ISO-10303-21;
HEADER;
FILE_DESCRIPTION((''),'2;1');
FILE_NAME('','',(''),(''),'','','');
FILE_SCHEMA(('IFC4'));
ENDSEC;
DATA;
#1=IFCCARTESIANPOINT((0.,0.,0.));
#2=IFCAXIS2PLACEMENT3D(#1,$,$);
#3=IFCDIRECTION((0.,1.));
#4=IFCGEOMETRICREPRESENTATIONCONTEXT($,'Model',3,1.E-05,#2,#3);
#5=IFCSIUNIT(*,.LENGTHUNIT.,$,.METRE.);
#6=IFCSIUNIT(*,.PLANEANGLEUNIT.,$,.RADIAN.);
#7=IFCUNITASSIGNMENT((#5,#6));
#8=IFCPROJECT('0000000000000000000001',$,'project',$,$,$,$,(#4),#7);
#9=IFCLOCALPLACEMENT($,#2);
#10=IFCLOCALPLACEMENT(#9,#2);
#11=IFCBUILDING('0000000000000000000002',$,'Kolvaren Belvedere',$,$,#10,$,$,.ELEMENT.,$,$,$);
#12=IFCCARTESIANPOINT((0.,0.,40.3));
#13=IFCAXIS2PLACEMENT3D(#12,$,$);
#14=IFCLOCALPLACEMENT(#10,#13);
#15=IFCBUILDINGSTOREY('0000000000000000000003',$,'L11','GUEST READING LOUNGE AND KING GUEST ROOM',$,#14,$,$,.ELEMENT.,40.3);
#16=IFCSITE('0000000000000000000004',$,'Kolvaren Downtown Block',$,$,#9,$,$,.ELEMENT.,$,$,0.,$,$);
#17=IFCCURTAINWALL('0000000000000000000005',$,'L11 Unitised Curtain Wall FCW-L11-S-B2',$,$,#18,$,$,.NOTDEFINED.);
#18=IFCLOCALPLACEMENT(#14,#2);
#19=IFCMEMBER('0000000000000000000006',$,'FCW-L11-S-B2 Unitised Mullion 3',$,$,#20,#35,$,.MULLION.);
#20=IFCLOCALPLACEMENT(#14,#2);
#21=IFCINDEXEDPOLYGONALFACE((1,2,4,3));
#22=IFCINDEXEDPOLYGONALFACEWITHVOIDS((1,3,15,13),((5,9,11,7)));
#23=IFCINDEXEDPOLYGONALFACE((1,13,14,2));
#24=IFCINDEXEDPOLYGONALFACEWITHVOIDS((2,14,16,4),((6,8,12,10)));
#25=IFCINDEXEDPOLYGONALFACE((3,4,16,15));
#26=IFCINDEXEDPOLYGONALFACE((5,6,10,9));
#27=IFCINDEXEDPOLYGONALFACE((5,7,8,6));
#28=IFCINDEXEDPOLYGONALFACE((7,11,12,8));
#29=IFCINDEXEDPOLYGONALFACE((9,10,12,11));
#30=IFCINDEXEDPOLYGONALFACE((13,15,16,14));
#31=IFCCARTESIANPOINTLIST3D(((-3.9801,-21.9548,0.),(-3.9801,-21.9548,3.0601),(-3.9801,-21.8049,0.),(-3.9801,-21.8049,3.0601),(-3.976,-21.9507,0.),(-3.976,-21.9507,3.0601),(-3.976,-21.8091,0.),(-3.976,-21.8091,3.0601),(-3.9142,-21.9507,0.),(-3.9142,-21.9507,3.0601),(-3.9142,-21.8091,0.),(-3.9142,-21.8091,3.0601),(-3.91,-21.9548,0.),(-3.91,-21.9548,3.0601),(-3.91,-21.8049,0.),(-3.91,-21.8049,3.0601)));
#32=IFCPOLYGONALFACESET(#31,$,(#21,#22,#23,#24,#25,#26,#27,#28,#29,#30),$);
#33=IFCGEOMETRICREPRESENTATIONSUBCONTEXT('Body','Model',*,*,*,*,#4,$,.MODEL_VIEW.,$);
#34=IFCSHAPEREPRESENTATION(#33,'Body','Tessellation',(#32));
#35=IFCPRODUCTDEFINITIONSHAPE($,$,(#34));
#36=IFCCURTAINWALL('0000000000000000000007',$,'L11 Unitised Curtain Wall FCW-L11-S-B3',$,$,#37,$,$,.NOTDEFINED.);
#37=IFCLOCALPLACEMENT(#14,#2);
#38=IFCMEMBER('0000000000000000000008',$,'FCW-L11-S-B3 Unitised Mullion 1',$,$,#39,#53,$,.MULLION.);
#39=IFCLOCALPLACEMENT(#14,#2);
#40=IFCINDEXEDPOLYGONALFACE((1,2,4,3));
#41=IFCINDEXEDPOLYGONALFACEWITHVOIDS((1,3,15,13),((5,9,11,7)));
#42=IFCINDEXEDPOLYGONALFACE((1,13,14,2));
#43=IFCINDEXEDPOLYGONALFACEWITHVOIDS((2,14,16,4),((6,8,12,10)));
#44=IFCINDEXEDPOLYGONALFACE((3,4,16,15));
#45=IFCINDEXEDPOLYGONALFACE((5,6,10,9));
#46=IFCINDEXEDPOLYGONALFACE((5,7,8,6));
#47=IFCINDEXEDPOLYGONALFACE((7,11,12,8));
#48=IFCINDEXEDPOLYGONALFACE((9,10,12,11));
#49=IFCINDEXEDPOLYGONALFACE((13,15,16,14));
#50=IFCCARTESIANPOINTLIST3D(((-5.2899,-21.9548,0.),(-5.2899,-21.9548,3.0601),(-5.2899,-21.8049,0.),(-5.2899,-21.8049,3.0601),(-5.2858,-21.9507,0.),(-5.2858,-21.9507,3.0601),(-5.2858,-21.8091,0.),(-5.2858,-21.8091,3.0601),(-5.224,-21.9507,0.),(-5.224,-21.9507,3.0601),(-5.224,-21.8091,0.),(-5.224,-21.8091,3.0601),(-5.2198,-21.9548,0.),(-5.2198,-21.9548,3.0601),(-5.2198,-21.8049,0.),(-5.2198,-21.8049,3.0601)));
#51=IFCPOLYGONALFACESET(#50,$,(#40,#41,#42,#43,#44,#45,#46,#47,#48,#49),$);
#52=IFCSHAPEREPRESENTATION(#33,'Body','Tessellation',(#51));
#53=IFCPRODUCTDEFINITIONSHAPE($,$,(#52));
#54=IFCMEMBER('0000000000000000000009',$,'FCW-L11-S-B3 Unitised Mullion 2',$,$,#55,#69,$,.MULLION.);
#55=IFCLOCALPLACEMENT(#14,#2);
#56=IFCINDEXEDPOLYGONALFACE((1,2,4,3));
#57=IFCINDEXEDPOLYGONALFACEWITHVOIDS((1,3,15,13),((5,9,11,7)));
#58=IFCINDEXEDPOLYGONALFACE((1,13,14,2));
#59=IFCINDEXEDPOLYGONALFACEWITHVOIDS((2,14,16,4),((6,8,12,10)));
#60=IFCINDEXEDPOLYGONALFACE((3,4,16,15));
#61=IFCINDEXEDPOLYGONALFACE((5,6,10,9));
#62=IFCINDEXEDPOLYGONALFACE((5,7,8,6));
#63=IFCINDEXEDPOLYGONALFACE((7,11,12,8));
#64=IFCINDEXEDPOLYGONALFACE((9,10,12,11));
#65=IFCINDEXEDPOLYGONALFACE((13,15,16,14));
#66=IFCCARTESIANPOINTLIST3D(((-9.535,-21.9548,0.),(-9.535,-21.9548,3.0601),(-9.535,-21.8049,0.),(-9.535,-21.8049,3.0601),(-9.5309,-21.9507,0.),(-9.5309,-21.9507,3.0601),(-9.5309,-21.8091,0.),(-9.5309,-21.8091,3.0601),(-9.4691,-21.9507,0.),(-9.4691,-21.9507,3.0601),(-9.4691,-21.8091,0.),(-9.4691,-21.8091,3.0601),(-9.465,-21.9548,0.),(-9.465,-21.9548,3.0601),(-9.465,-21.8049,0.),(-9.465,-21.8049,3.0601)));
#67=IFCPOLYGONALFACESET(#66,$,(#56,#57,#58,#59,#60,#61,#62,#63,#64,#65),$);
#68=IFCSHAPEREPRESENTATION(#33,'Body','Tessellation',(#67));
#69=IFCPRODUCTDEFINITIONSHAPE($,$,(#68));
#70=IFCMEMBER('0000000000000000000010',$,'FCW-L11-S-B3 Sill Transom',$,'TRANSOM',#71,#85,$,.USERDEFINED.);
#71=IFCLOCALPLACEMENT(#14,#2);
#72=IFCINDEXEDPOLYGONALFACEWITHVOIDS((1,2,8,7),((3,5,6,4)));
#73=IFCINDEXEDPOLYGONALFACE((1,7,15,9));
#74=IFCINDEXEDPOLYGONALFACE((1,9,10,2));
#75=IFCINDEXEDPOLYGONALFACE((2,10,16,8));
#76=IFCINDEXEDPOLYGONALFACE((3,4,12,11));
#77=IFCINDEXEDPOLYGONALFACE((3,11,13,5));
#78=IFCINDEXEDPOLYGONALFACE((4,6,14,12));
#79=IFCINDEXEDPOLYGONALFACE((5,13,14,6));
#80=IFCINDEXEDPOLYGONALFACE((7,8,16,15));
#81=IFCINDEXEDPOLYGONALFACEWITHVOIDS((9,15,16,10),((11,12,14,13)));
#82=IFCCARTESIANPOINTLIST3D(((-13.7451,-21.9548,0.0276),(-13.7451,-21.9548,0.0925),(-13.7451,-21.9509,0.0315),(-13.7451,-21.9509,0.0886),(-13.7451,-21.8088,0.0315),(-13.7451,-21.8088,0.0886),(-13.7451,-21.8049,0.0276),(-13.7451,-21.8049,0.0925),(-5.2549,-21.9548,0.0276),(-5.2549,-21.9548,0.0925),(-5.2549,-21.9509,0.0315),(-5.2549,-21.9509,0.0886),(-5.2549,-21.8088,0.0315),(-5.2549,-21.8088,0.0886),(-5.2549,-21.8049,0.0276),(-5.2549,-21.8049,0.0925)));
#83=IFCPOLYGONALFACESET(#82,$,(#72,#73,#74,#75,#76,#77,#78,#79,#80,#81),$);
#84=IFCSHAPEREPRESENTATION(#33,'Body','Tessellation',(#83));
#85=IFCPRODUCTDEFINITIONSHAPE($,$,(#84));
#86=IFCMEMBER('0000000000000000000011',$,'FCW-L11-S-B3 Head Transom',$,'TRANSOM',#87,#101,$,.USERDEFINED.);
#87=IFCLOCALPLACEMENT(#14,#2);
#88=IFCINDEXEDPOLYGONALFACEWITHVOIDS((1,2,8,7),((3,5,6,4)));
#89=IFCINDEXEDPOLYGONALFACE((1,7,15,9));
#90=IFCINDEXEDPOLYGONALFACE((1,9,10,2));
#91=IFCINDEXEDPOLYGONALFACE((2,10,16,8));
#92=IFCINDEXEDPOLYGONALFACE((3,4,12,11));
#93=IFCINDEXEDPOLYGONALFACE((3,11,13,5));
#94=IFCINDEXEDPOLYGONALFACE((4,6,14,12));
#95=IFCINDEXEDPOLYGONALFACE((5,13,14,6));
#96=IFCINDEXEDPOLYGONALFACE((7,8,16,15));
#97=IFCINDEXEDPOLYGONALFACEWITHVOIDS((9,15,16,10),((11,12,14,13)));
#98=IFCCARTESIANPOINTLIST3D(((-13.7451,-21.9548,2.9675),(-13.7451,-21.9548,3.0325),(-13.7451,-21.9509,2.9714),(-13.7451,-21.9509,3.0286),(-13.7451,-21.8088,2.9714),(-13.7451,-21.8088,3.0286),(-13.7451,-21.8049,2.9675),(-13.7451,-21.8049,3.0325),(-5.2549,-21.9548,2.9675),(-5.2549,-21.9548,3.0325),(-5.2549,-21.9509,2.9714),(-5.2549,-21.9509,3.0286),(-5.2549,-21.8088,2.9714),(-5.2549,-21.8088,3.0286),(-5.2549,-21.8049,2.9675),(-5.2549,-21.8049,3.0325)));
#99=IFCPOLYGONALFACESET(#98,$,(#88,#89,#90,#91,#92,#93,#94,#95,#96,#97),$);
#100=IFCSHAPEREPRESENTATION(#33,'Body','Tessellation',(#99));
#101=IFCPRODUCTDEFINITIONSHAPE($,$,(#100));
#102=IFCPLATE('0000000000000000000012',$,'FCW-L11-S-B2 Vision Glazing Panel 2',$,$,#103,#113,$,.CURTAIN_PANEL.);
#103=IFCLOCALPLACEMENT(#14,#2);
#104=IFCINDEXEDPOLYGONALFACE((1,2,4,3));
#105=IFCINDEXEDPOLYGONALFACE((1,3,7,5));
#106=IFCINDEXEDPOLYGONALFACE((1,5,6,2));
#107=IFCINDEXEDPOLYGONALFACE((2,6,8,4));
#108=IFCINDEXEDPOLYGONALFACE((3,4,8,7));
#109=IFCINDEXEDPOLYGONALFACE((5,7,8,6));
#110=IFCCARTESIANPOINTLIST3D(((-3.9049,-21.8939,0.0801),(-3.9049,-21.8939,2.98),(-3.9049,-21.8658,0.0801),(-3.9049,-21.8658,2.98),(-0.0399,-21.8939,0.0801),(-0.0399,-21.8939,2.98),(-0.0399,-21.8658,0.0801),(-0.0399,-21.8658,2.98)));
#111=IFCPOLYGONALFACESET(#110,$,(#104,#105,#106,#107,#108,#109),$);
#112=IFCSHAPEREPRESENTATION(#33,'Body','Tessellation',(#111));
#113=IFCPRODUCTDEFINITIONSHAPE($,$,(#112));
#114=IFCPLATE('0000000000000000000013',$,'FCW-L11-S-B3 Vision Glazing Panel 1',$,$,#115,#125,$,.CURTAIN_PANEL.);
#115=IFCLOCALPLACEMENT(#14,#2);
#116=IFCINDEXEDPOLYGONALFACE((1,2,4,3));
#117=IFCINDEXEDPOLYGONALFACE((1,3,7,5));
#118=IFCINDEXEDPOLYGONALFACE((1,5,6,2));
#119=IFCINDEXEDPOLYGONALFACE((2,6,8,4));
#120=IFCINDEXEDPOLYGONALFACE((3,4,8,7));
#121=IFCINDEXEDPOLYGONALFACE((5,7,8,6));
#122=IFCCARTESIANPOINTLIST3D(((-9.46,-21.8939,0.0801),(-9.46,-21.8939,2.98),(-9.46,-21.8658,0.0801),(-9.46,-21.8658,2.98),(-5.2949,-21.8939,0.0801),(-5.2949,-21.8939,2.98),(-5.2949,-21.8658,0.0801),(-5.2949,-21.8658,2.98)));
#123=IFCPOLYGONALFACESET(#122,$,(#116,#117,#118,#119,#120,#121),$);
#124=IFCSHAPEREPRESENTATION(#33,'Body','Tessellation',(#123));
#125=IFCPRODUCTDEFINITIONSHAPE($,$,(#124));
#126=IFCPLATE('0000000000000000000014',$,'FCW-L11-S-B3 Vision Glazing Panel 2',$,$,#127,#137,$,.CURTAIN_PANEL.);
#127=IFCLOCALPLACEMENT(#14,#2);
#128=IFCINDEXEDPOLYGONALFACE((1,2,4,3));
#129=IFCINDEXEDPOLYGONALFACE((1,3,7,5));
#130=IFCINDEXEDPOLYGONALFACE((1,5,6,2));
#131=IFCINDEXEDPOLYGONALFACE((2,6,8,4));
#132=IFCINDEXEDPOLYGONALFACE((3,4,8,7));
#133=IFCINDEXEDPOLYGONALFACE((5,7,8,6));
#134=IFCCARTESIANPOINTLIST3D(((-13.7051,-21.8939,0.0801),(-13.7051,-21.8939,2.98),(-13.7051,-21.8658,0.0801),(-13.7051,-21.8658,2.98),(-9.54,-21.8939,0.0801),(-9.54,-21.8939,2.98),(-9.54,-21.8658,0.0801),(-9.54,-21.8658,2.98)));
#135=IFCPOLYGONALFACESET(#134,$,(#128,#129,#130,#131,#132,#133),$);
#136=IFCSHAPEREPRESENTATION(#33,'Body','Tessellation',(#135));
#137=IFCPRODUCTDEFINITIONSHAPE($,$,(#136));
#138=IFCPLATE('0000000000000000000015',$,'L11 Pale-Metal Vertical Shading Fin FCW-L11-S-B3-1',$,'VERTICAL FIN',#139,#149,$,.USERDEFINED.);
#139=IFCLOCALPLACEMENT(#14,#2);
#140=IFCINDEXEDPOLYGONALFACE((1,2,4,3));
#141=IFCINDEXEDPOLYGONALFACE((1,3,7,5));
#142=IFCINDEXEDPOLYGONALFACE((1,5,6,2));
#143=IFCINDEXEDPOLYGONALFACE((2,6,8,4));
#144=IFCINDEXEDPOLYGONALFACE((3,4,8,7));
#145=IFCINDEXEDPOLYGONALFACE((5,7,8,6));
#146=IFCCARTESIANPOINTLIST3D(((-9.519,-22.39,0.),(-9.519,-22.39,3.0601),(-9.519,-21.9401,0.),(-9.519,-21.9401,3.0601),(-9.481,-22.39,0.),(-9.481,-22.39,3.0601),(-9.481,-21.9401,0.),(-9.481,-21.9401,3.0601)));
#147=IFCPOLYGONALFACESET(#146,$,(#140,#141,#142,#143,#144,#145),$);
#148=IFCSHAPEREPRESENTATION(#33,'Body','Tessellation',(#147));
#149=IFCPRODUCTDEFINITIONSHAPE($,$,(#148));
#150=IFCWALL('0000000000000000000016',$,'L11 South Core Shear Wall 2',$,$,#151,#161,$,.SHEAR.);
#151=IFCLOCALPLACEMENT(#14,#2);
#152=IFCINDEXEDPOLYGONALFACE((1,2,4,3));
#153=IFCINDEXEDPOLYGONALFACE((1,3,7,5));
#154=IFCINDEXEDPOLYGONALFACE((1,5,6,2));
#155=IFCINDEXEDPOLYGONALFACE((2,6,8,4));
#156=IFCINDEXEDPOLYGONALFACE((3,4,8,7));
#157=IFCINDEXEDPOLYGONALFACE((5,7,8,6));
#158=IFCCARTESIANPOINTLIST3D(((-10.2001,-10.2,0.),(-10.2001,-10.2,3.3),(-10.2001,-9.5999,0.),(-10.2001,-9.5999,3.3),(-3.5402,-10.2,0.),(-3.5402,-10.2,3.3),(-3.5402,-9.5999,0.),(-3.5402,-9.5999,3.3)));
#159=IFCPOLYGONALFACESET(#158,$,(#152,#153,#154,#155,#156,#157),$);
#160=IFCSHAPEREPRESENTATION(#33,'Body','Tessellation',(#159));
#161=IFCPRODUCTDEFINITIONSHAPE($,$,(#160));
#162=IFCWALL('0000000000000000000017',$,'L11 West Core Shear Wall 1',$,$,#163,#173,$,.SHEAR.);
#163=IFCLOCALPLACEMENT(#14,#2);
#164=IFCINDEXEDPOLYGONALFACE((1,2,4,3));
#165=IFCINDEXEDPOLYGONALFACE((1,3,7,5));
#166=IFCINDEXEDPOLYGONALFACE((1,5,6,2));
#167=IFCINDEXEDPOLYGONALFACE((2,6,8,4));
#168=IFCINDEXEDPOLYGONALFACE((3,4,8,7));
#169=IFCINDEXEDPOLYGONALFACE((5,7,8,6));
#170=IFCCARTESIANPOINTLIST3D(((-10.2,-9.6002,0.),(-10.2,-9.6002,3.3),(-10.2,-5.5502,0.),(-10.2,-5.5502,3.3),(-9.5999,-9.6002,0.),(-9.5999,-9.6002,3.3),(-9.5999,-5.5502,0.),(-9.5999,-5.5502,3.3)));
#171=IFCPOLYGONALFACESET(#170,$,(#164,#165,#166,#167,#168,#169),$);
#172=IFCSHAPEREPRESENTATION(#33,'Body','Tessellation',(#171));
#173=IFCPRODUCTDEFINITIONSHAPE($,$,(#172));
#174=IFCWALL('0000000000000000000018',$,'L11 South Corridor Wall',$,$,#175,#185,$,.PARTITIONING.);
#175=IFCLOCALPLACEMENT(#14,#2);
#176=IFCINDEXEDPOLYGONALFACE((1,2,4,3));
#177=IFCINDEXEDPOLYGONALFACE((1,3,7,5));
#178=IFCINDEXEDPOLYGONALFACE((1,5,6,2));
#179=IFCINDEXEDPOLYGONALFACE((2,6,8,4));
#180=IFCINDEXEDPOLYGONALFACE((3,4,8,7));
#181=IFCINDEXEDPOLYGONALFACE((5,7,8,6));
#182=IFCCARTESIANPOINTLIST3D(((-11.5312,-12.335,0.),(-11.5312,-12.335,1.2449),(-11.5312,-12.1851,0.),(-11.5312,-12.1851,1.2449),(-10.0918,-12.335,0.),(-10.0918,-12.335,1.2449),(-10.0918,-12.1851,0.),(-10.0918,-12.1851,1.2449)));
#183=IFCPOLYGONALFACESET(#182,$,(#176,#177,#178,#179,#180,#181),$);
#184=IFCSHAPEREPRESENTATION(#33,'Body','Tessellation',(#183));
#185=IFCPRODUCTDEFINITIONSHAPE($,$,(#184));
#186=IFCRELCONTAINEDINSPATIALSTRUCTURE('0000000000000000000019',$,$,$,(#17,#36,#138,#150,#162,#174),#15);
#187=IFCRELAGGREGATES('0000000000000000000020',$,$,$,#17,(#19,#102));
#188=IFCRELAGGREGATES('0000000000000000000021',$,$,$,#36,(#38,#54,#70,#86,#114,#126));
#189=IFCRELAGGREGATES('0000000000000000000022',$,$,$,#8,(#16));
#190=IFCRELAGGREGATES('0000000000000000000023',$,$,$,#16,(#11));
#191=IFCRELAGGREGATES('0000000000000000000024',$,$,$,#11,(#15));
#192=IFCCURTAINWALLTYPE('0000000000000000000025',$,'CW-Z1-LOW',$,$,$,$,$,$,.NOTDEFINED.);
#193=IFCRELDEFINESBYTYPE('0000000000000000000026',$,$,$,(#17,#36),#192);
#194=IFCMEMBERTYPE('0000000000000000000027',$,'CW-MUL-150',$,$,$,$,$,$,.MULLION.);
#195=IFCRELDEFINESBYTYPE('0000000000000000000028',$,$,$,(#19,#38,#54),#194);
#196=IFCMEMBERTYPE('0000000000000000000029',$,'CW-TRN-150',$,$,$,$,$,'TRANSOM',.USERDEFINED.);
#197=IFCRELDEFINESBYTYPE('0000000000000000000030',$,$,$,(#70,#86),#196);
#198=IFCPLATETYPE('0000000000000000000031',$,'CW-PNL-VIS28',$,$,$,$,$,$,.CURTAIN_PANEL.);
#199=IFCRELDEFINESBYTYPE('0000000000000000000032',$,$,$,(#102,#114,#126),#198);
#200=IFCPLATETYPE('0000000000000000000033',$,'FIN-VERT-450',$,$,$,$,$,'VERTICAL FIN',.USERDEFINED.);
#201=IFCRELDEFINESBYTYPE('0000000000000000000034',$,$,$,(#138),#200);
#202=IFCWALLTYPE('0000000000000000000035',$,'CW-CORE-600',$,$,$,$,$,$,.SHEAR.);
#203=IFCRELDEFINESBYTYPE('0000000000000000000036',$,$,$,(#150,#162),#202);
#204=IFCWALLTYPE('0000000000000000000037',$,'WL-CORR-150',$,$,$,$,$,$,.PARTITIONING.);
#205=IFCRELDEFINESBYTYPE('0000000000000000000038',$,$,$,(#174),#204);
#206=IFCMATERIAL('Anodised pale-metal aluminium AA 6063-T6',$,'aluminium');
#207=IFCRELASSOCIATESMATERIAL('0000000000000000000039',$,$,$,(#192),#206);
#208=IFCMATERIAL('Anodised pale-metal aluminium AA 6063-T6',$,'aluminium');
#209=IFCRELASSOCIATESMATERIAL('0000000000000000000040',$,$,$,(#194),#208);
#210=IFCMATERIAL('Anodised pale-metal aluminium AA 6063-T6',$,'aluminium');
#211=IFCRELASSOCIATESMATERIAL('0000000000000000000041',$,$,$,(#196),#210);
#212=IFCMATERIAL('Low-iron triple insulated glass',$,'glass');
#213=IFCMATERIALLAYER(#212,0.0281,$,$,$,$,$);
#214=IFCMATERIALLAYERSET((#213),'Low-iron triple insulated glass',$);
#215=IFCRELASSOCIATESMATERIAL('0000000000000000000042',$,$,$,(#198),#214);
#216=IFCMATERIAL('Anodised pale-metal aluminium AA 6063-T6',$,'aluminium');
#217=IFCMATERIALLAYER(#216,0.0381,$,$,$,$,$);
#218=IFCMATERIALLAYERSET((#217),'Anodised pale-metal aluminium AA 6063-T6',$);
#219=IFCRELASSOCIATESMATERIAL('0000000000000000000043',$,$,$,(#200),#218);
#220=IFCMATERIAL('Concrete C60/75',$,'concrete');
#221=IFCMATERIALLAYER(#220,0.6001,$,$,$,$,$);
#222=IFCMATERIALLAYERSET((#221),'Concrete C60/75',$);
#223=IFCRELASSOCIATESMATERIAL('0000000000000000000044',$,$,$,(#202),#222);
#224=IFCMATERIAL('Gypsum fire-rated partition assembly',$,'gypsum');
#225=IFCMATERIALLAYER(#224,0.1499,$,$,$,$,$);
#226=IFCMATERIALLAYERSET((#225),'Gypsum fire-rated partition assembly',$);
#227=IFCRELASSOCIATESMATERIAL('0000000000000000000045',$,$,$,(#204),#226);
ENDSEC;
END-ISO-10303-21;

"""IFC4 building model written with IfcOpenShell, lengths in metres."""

from ifc_helpers import new_model, si_unit, direction, frame, frame_2d, origin, origin_2d, place, context, subcontext, project, spatial, rectangle, hollow_rectangle, extrude, material, layer, layer_set, material_profile, profile_set, type_object, element, aggregate, save


model = new_model("IFC4")

# Units and contexts
model_context = context("Model", 3, precision=1e-05, world=origin(), true_north=direction((0.0, 1.0)))
body_context = subcontext(model_context, "Body", "Model", "MODEL_VIEW")
ifc_project = project(units=[si_unit("LENGTHUNIT", "METRE"), si_unit("PLANEANGLEUNIT", "RADIAN")], contexts=[model_context])

# Site, building, storey
site_placement = place(None, origin())
site = spatial("IfcSite", under=ifc_project, at=site_placement, Name="Kolvaren Downtown Block", CompositionType="ELEMENT", RefElevation=0.0)
building_placement = place(site_placement, origin())
building = spatial("IfcBuilding", under=site, at=building_placement, Name="Kolvaren Belvedere", CompositionType="ELEMENT")
storey_placement = place(building_placement, frame((0.0, 0.0, 40.3)))
storey = spatial("IfcBuildingStorey", under=building, at=storey_placement, Name="L11", Description="GUEST READING LOUNGE AND KING GUEST ROOM", CompositionType="ELEMENT", Elevation=40.3)

# Curtain wall, member
ifc_material_1 = material(Name="Anodised pale-metal aluminium AA 6063-T6", Category="aluminium")
curtain_wall_type = type_object("IfcCurtainWallType", Name="CW-Z1-LOW", PredefinedType="NOTDEFINED", material=ifc_material_1)
curtain_wall_1_placement = place(storey_placement, origin())
curtain_wall_1 = element("IfcCurtainWall", 1, at=curtain_wall_1_placement, inside=storey, type_object=curtain_wall_type, Name="L11 Unitised Curtain Wall FCW-L11-S-B2", PredefinedType="NOTDEFINED")
ifc_material_2 = material(Name="Anodised pale-metal aluminium AA 6063-T6", Category="aluminium")
ifc_material_profile_1 = material_profile(ifc_material_2, hollow_rectangle(XDim=0.0701, YDim=0.1499, WallThickness=0.0042, at=origin_2d()), Name="ALU-MUL-150X70")
ifc_profile_set_1 = profile_set([ifc_material_profile_1], Name="Anodised pale-metal aluminium AA 6063-T6")
member_type_1 = type_object("IfcMemberType", Name="CW-MUL-150", PredefinedType="MULLION", material=ifc_profile_set_1)
member_1_placement = place(storey_placement, frame((-3.9451, -21.8799, 0.0), z_axis=(0.0, 0.0, 1.0), x_axis=(1.0, 0.0, 0.0)))
member_1 = element("IfcMember", 2, at=member_1_placement, type_object=member_type_1, Name="FCW-L11-S-B2 Unitised Mullion 3", PredefinedType="MULLION", context=body_context, shape_type="SweptSolid", body=[
    extrude(hollow_rectangle(XDim=0.0701, YDim=0.1499, WallThickness=0.0042, at=origin_2d()), origin(), (0.0, 0.0, 1.0), 3.0601),
])

# Curtain wall, members
curtain_wall_2_placement = place(storey_placement, origin())
curtain_wall_2 = element("IfcCurtainWall", 3, at=curtain_wall_2_placement, inside=storey, type_object=curtain_wall_type, Name="L11 Unitised Curtain Wall FCW-L11-S-B3", PredefinedType="NOTDEFINED")
member_2_placement = place(storey_placement, frame((-5.2549, -21.8799, 0.0), z_axis=(0.0, 0.0, 1.0), x_axis=(1.0, 0.0, 0.0)))
member_2 = element("IfcMember", 4, at=member_2_placement, type_object=member_type_1, Name="FCW-L11-S-B3 Unitised Mullion 1", PredefinedType="MULLION", context=body_context, shape_type="SweptSolid", body=[
    extrude(hollow_rectangle(XDim=0.0701, YDim=0.1499, WallThickness=0.0042, at=origin_2d()), origin(), (0.0, 0.0, 1.0), 3.0601),
])
member_3_placement = place(storey_placement, frame((-9.5, -21.8799, 0.0), z_axis=(0.0, 0.0, 1.0), x_axis=(1.0, 0.0, 0.0)))
member_3 = element("IfcMember", 5, at=member_3_placement, type_object=member_type_1, Name="FCW-L11-S-B3 Unitised Mullion 2", PredefinedType="MULLION", context=body_context, shape_type="SweptSolid", body=[
    extrude(hollow_rectangle(XDim=0.0701, YDim=0.1499, WallThickness=0.0042, at=origin_2d()), origin(), (0.0, 0.0, 1.0), 3.0601),
])
ifc_material_3 = material(Name="Anodised pale-metal aluminium AA 6063-T6", Category="aluminium")
ifc_material_profile_2 = material_profile(ifc_material_3, hollow_rectangle(XDim=0.0649, YDim=0.1499, WallThickness=0.0039, at=origin_2d()), Name="ALU-TRN-150X65")
ifc_profile_set_2 = profile_set([ifc_material_profile_2], Name="Anodised pale-metal aluminium AA 6063-T6")
member_type_2 = type_object("IfcMemberType", Name="CW-TRN-150", ElementType="TRANSOM", PredefinedType="USERDEFINED", material=ifc_profile_set_2)
member_4_placement = place(storey_placement, frame((-5.2549, -21.8799, 0.0601), z_axis=(-1.0, 0.0, 0.0), x_axis=(0.0, 0.0, 1.0)))
member_4 = element("IfcMember", 6, at=member_4_placement, type_object=member_type_2, Name="FCW-L11-S-B3 Sill Transom", ObjectType="TRANSOM", PredefinedType="USERDEFINED", context=body_context, shape_type="SweptSolid", body=[
    extrude(hollow_rectangle(XDim=0.0649, YDim=0.1499, WallThickness=0.0039, at=origin_2d()), origin(), (0.0, 0.0, 1.0), 8.4902),
])
member_5_placement = place(storey_placement, frame((-5.2549, -21.8799, 3.0), z_axis=(-1.0, 0.0, 0.0), x_axis=(0.0, 0.0, 1.0)))
member_5 = element("IfcMember", 7, at=member_5_placement, type_object=member_type_2, Name="FCW-L11-S-B3 Head Transom", ObjectType="TRANSOM", PredefinedType="USERDEFINED", context=body_context, shape_type="SweptSolid", body=[
    extrude(hollow_rectangle(XDim=0.0649, YDim=0.1499, WallThickness=0.0039, at=origin_2d()), origin(), (0.0, 0.0, 1.0), 8.4902),
])

# Plates
ifc_material_4 = material(Name="Low-iron triple insulated glass", Category="glass")
ifc_layer_1 = layer(ifc_material_4, 0.0281)
ifc_layer_set_1 = layer_set([ifc_layer_1], Name="Low-iron triple insulated glass")
plate_type_1 = type_object("IfcPlateType", Name="CW-PNL-VIS28", PredefinedType="CURTAIN_PANEL", material=ifc_layer_set_1)
plate_1_placement = place(storey_placement, frame((-1.9724, -21.8799, 0.0801), z_axis=(0.0, 0.0, 1.0), x_axis=(-1.0, 0.0, 0.0)))
plate_1 = element("IfcPlate", 8, at=plate_1_placement, type_object=plate_type_1, Name="FCW-L11-S-B2 Vision Glazing Panel 2", PredefinedType="CURTAIN_PANEL", context=body_context, shape_type="SweptSolid", body=[
    extrude(rectangle(XDim=3.865, YDim=0.0281, at=origin_2d()), origin(), (0.0, 0.0, 1.0), 2.8999),
])
aggregate(curtain_wall_1, [member_1, plate_1])
plate_2_placement = place(storey_placement, frame((-7.3774, -21.8799, 0.0801), z_axis=(0.0, 0.0, 1.0), x_axis=(-1.0, 0.0, 0.0)))
plate_2 = element("IfcPlate", 9, at=plate_2_placement, type_object=plate_type_1, Name="FCW-L11-S-B3 Vision Glazing Panel 1", PredefinedType="CURTAIN_PANEL", context=body_context, shape_type="SweptSolid", body=[
    extrude(rectangle(XDim=4.165, YDim=0.0281, at=origin_2d()), origin(), (0.0, 0.0, 1.0), 2.8999),
])
plate_3_placement = place(storey_placement, frame((-11.6226, -21.8799, 0.0801), z_axis=(0.0, 0.0, 1.0), x_axis=(-1.0, 0.0, 0.0)))
plate_3 = element("IfcPlate", 10, at=plate_3_placement, type_object=plate_type_1, Name="FCW-L11-S-B3 Vision Glazing Panel 2", PredefinedType="CURTAIN_PANEL", context=body_context, shape_type="SweptSolid", body=[
    extrude(rectangle(XDim=4.165, YDim=0.0281, at=origin_2d()), origin(), (0.0, 0.0, 1.0), 2.8999),
])
aggregate(curtain_wall_2, [member_2, member_3, member_4, member_5, plate_2, plate_3])
ifc_material_5 = material(Name="Anodised pale-metal aluminium AA 6063-T6", Category="aluminium")
ifc_layer_2 = layer(ifc_material_5, 0.0381)
ifc_layer_set_2 = layer_set([ifc_layer_2], Name="Anodised pale-metal aluminium AA 6063-T6")
plate_type_2 = type_object("IfcPlateType", Name="FIN-VERT-450", ElementType="VERTICAL FIN", PredefinedType="USERDEFINED", material=ifc_layer_set_2)
plate_4_placement = place(storey_placement, frame((-9.5, -22.165, 0.0), z_axis=(0.0, 0.0, 1.0), x_axis=(0.0, 1.0, 0.0)))
element("IfcPlate", 11, at=plate_4_placement, inside=storey, type_object=plate_type_2, Name="L11 Pale-Metal Vertical Shading Fin FCW-L11-S-B3-1", ObjectType="VERTICAL FIN", PredefinedType="USERDEFINED", context=body_context, shape_type="SweptSolid", body=[
    extrude(rectangle(XDim=0.45, YDim=0.0381, at=origin_2d()), origin(), (0.0, 0.0, 1.0), 3.0601),
])

# Walls
ifc_material_6 = material(Name="Concrete C60/75", Category="concrete")
ifc_layer_3 = layer(ifc_material_6, 0.6001)
ifc_layer_set_3 = layer_set([ifc_layer_3], Name="Concrete C60/75")
wall_type_1 = type_object("IfcWallType", Name="CW-CORE-600", PredefinedType="SHEAR", material=ifc_layer_set_3)
wall_1_placement = place(storey_placement, frame((-3.54, -9.8999, 0.0), z_axis=(0.0, 0.0, 1.0), x_axis=(-1.0, 0.0, 0.0)))
element("IfcWall", 12, at=wall_1_placement, inside=storey, type_object=wall_type_1, Name="L11 South Core Shear Wall 2", PredefinedType="SHEAR", context=body_context, shape_type="SweptSolid", body=[
    extrude(rectangle(XDim=6.6599, YDim=0.6001, at=frame_2d((3.3301, 0.0))), origin(), (0.0, 0.0, 1.0), 3.3),
])
wall_2_placement = place(storey_placement, frame((-9.8999, -9.6001, 0.0), z_axis=(0.0, 0.0, 1.0), x_axis=(0.0, 1.0, 0.0)))
element("IfcWall", 13, at=wall_2_placement, inside=storey, type_object=wall_type_1, Name="L11 West Core Shear Wall 1", PredefinedType="SHEAR", context=body_context, shape_type="SweptSolid", body=[
    extrude(rectangle(XDim=4.05, YDim=0.6001, at=frame_2d((2.0249, 0.0))), origin(), (0.0, 0.0, 1.0), 3.3),
])
ifc_material_7 = material(Name="Gypsum fire-rated partition assembly", Category="gypsum")
ifc_layer_4 = layer(ifc_material_7, 0.1499)
ifc_layer_set_4 = layer_set([ifc_layer_4], Name="Gypsum fire-rated partition assembly")
wall_type_2 = type_object("IfcWallType", Name="WL-CORR-150", PredefinedType="PARTITIONING", material=ifc_layer_set_4)
wall_3_placement = place(storey_placement, frame((-11.5312, -12.26, 0.0), z_axis=(0.0, 0.0, 1.0), x_axis=(1.0, 0.0, 0.0)))
element("IfcWall", 14, at=wall_3_placement, inside=storey, type_object=wall_type_2, Name="L11 South Corridor Wall", PredefinedType="PARTITIONING", context=body_context, shape_type="SweptSolid", body=[
    extrude(rectangle(XDim=1.4395, YDim=0.1499, at=frame_2d((0.7197, 0.0))), origin(), (0.0, 0.0, 1.0), 1.2449),
])

save(model, "model.ifc")
